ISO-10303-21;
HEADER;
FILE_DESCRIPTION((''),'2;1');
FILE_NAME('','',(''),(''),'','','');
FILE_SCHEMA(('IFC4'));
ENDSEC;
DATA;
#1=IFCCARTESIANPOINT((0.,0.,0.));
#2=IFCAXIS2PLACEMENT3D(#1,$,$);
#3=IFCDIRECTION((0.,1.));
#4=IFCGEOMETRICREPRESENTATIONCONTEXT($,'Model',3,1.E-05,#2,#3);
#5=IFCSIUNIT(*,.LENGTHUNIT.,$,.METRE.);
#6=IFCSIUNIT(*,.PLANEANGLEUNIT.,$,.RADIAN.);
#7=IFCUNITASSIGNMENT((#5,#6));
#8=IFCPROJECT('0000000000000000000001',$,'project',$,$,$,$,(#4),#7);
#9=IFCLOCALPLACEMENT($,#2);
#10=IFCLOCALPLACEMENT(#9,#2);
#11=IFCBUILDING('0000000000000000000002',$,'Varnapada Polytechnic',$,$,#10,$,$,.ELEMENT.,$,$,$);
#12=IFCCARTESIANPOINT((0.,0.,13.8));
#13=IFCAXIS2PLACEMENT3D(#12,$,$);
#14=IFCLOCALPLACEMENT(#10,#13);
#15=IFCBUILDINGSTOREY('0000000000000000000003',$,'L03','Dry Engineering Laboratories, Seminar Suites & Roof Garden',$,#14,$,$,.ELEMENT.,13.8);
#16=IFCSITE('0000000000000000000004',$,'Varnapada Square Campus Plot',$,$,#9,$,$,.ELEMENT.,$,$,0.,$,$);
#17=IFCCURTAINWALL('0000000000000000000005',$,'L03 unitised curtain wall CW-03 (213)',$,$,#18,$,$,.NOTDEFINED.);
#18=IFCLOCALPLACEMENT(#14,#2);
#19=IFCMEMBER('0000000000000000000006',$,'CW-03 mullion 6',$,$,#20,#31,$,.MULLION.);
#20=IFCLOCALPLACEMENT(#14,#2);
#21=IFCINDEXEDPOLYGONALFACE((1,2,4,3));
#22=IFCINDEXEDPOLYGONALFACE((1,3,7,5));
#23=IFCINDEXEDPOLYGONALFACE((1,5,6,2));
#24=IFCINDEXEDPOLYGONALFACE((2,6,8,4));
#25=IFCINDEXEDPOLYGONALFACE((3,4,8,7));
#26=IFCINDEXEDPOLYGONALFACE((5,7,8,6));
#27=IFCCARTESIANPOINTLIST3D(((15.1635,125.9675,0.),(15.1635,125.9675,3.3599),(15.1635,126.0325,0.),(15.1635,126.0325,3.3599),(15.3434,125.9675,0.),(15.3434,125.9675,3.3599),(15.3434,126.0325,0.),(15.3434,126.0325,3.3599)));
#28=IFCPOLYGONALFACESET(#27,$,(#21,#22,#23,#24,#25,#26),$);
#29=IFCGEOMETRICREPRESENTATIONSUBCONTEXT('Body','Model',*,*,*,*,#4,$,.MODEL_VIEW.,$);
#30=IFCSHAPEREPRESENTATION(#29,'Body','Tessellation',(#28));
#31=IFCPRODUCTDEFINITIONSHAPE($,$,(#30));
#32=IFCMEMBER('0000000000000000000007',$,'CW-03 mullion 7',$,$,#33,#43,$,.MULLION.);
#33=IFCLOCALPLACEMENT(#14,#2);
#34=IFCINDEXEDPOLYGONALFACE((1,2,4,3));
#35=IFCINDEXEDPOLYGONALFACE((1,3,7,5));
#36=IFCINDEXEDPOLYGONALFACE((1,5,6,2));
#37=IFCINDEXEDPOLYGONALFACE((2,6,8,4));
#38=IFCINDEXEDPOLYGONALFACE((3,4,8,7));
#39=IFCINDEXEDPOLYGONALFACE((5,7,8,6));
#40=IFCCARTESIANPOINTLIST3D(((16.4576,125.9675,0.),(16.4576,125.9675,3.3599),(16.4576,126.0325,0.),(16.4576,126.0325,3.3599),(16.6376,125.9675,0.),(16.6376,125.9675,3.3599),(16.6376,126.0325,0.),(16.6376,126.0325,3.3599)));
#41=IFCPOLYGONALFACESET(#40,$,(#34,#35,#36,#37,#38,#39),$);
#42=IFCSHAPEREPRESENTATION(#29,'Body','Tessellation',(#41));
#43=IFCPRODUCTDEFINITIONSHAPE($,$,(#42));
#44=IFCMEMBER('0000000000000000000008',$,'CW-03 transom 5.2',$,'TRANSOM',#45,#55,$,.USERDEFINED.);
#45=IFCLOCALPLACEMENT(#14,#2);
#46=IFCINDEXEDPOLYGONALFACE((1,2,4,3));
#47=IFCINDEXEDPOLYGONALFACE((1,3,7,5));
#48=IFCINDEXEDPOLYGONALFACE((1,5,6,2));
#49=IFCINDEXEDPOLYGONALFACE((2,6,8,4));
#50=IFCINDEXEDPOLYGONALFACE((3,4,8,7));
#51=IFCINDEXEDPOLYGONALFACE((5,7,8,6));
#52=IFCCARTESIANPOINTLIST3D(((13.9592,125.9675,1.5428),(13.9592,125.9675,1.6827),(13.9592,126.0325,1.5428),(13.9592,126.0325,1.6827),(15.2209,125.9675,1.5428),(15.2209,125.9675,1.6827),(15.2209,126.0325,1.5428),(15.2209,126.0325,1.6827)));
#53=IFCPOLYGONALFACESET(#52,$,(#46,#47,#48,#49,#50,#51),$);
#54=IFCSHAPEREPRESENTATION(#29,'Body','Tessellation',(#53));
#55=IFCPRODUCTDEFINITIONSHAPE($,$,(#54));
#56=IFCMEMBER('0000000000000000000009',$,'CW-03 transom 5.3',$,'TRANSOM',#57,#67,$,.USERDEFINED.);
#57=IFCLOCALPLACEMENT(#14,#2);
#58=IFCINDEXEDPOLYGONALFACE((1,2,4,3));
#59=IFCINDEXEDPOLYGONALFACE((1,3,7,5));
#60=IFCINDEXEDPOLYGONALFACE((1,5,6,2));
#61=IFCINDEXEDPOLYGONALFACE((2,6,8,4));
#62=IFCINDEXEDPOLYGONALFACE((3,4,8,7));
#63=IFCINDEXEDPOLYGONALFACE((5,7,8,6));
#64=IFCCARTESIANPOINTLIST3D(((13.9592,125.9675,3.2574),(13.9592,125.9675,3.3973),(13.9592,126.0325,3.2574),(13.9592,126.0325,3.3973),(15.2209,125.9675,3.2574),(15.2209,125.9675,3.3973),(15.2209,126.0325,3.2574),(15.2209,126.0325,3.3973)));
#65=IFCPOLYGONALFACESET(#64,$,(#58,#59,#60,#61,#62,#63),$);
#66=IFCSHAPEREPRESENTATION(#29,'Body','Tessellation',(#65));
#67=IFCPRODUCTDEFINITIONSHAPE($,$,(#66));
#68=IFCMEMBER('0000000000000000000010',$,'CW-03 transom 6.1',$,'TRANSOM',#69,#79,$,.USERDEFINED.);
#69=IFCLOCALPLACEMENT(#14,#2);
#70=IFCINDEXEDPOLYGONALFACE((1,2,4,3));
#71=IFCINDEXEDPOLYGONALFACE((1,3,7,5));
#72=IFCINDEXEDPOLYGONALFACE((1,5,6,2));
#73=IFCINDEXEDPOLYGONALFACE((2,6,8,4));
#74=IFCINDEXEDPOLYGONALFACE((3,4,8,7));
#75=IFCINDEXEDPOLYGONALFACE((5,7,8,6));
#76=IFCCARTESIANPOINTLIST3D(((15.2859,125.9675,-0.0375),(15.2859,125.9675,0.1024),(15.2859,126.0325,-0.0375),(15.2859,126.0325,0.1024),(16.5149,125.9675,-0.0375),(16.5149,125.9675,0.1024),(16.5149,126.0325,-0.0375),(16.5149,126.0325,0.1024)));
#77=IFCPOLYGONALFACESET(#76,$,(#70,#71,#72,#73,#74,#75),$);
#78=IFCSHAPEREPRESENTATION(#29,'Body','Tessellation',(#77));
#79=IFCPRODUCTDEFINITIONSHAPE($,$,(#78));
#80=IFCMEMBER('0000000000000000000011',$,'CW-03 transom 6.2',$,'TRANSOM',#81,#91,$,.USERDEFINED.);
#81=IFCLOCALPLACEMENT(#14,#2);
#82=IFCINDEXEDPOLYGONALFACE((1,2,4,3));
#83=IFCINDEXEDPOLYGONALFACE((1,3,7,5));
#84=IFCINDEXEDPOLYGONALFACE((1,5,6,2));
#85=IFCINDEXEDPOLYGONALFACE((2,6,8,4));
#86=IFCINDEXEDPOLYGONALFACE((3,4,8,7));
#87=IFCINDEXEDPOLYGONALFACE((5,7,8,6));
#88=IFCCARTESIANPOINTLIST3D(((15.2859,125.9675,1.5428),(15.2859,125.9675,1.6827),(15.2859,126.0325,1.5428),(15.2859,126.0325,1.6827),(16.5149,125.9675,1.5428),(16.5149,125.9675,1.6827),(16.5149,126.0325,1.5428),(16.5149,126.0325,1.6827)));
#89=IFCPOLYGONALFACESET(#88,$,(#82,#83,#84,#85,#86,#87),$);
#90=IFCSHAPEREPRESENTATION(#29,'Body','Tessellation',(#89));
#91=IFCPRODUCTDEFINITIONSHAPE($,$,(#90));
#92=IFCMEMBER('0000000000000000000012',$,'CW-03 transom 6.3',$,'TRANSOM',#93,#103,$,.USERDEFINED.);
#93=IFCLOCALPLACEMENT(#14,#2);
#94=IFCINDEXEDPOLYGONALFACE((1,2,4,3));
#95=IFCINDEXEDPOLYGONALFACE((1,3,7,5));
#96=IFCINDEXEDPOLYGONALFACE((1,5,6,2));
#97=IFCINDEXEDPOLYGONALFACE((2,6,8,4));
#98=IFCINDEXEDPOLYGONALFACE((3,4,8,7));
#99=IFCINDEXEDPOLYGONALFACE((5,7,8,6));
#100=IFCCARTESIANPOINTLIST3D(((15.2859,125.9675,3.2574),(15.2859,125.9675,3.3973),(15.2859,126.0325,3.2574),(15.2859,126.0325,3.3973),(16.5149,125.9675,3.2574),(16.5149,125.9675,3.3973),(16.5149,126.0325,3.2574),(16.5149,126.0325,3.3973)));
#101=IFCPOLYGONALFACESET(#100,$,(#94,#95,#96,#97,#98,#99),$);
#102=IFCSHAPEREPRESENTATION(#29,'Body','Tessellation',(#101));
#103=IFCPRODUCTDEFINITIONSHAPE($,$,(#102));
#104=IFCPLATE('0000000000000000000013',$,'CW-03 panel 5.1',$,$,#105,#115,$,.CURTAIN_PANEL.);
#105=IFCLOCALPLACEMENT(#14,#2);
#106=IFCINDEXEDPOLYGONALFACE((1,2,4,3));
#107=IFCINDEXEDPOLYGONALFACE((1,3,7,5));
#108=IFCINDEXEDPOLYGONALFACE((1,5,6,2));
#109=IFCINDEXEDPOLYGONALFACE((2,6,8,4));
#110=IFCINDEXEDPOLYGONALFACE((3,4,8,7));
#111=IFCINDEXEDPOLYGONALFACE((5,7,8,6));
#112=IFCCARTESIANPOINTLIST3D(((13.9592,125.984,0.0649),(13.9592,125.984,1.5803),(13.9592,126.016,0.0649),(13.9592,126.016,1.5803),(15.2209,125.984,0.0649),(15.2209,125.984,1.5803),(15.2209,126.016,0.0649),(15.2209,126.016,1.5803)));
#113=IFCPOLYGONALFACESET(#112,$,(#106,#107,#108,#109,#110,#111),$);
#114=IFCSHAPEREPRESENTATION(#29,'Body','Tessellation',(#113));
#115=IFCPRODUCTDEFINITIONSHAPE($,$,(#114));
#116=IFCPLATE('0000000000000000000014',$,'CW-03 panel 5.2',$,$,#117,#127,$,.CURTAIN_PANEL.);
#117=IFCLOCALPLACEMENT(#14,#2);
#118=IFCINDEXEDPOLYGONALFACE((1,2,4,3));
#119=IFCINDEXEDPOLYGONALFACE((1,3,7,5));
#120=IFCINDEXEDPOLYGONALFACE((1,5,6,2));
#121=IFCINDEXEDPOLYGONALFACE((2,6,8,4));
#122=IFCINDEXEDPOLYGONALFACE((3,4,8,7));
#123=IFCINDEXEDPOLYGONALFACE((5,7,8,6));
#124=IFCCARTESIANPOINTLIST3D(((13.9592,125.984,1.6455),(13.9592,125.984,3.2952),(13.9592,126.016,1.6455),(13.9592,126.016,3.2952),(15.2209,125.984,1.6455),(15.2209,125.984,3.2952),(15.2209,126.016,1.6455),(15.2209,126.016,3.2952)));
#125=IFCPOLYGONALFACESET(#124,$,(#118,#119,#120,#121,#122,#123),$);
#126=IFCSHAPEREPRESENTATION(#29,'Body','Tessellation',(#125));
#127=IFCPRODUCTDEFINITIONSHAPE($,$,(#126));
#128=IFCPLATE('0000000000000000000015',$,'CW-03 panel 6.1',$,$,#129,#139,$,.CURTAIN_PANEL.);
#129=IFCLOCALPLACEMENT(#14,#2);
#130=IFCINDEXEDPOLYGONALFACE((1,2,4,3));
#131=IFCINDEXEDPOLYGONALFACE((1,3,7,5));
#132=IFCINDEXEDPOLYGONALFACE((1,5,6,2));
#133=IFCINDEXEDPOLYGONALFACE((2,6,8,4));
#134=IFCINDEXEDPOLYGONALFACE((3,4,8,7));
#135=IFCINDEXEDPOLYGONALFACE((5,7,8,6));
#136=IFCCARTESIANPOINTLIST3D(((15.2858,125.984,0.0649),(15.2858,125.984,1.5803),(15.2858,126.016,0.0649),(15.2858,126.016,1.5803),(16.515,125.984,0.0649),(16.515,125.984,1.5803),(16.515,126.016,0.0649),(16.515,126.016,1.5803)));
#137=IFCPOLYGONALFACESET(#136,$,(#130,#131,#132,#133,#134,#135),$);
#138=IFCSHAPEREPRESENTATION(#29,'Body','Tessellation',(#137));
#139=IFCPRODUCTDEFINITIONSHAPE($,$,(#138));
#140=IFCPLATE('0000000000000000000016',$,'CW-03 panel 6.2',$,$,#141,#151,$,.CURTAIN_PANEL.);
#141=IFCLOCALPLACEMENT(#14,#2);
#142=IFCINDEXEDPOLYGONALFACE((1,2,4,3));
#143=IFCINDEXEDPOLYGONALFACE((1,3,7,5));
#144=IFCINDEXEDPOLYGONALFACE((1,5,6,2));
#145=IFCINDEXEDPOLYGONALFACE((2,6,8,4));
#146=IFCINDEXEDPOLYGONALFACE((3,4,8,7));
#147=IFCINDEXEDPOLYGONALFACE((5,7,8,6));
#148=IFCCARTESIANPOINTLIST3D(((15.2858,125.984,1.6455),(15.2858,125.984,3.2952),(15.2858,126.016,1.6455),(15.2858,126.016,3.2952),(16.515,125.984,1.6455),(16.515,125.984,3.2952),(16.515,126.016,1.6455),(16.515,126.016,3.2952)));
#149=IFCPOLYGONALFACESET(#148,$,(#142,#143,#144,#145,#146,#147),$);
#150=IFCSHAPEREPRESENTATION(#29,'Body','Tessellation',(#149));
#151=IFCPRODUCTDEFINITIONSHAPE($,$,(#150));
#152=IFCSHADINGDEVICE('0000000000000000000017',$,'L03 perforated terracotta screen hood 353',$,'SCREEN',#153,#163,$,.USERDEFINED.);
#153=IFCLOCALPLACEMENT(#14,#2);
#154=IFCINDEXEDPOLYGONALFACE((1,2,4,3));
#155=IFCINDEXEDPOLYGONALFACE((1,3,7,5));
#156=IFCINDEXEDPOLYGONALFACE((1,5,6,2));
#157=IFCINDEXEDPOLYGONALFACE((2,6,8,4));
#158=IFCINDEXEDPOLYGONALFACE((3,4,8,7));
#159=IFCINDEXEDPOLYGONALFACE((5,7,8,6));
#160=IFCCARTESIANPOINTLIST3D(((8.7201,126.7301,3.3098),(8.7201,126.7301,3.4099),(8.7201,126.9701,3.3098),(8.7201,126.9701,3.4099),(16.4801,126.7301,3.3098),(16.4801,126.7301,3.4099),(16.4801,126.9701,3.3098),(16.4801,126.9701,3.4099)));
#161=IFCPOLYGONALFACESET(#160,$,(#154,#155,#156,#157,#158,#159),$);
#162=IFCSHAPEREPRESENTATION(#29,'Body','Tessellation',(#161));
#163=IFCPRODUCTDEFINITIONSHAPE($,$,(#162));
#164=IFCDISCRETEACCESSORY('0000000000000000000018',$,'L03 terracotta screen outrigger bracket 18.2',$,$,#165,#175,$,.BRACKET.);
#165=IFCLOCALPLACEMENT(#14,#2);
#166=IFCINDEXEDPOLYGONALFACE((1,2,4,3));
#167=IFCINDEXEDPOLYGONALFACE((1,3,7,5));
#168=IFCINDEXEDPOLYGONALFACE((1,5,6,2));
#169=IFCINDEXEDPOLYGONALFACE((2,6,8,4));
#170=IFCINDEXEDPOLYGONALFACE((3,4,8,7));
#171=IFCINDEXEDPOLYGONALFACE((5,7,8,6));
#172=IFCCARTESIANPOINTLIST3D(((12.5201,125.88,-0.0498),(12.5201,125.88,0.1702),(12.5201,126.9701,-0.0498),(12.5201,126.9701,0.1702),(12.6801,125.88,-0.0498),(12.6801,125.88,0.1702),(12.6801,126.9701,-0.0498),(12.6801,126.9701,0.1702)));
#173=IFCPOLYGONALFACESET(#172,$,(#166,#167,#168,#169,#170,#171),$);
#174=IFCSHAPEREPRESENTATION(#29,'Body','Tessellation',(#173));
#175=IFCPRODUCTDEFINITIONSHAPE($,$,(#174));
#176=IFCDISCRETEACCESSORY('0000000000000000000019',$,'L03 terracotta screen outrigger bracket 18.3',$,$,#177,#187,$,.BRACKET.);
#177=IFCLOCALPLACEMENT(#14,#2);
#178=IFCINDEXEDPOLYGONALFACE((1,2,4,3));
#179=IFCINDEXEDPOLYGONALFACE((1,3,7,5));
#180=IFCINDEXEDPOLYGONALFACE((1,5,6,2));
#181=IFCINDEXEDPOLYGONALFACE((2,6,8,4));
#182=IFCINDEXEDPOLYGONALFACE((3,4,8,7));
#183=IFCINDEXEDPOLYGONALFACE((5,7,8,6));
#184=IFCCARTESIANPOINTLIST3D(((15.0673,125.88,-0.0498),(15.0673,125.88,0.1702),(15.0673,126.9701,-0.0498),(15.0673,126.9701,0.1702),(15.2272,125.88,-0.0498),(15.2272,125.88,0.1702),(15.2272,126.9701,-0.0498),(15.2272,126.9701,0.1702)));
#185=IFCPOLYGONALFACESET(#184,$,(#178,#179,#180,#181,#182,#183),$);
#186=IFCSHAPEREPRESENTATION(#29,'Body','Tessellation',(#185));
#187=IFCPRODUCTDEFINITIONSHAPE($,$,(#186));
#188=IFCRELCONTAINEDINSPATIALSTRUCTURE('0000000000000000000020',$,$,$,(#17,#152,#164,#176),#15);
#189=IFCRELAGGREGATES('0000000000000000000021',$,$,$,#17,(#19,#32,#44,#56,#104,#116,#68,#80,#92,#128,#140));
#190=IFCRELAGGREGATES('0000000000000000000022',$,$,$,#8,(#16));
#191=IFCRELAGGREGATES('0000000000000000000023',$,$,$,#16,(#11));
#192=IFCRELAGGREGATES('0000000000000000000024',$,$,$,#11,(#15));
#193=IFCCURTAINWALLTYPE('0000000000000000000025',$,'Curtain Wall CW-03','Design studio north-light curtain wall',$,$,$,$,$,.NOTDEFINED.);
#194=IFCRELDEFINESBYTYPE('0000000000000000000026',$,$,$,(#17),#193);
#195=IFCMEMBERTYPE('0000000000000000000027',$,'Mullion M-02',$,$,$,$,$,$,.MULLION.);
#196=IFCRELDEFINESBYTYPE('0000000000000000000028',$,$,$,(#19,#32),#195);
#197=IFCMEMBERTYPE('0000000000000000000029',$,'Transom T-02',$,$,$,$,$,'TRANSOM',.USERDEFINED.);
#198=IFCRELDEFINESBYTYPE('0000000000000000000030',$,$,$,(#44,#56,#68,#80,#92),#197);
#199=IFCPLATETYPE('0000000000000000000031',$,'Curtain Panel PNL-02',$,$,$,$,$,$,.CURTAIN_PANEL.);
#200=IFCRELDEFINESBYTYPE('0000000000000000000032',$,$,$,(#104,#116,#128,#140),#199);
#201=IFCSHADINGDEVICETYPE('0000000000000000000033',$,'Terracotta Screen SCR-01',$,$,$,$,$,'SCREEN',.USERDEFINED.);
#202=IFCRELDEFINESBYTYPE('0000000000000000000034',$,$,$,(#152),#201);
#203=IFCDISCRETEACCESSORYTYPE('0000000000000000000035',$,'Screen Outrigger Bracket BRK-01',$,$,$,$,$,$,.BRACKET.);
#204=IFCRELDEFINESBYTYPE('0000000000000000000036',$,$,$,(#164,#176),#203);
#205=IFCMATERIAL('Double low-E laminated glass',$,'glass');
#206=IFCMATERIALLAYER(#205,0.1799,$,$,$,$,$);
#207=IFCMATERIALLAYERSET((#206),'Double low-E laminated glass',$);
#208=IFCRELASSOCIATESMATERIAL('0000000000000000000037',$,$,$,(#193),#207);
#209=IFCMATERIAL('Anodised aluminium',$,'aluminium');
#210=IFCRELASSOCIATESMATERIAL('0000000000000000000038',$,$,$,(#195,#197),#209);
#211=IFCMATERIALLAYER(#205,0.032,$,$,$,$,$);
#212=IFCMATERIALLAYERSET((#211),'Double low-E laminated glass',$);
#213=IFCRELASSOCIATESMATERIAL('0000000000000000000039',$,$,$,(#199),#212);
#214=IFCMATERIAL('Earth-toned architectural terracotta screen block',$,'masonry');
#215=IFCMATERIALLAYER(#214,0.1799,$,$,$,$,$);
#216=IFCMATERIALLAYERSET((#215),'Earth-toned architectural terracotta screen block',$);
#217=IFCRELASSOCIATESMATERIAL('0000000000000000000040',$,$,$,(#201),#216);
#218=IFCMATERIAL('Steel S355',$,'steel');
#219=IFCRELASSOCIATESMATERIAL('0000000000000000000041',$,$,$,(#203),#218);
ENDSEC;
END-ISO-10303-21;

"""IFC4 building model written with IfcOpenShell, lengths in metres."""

from ifc_helpers import new_model, si_unit, direction, frame, origin, origin_2d, place, context, subcontext, project, spatial, rectangle, extrude, material, layer, layer_set, material_profile, profile_set, type_object, element, aggregate, save


model = new_model("IFC4")

# Units and contexts
model_context = context("Model", 3, precision=1e-05, world=origin(), true_north=direction((0.0, 1.0)))
body_context = subcontext(model_context, "Body", "Model", "MODEL_VIEW")
ifc_project = project(units=[si_unit("LENGTHUNIT", "METRE"), si_unit("PLANEANGLEUNIT", "RADIAN")], contexts=[model_context])

# Site, building, storey
site_placement = place(None, origin())
site = spatial("IfcSite", under=ifc_project, at=site_placement, Name="Varnapada Square Campus Plot", CompositionType="ELEMENT", RefElevation=0.0)
building_placement = place(site_placement, origin())
building = spatial("IfcBuilding", under=site, at=building_placement, Name="Varnapada Polytechnic", CompositionType="ELEMENT")
storey_placement = place(building_placement, frame((0.0, 0.0, 13.8)))
storey = spatial("IfcBuildingStorey", under=building, at=storey_placement, Name="L03", Description="Dry Engineering Laboratories, Seminar Suites & Roof Garden", CompositionType="ELEMENT", Elevation=13.8)

# Curtain wall, members, plates
ifc_material_1 = material(Name="Double low-E laminated glass", Category="glass")
ifc_layer_1 = layer(ifc_material_1, 0.1799)
ifc_layer_set_1 = layer_set([ifc_layer_1], Name="Double low-E laminated glass")
curtain_wall_type = type_object("IfcCurtainWallType", Name="Curtain Wall CW-03", Description="Design studio north-light curtain wall", PredefinedType="NOTDEFINED", material=ifc_layer_set_1)
curtain_wall_placement = place(storey_placement, origin())
curtain_wall = element("IfcCurtainWall", 1, at=curtain_wall_placement, inside=storey, type_object=curtain_wall_type, Name="L03 unitised curtain wall CW-03 (213)", PredefinedType="NOTDEFINED")
ifc_material_2 = material(Name="Anodised aluminium", Category="aluminium")
ifc_material_profile_1 = material_profile(ifc_material_2, rectangle(XDim=0.0649, YDim=0.1799, at=origin_2d()), Name="ALU M65x180")
ifc_profile_set_1 = profile_set([ifc_material_profile_1], Name="Anodised aluminium")
member_type_1 = type_object("IfcMemberType", Name="Mullion M-02", PredefinedType="MULLION", material=ifc_profile_set_1)
member_1_placement = place(storey_placement, frame((15.2534, 126.0, 0.0), z_axis=(0.0, 0.0, 1.0), x_axis=(0.0, 1.0, 0.0)))
member_1 = element("IfcMember", 2, at=member_1_placement, type_object=member_type_1, Name="CW-03 mullion 6", PredefinedType="MULLION", context=body_context, shape_type="SweptSolid", body=[
    extrude(rectangle(XDim=0.0649, YDim=0.1799, at=origin_2d()), origin(), (0.0, 0.0, 1.0), 3.3599),
])
member_2_placement = place(storey_placement, frame((16.5476, 126.0, 0.0), z_axis=(0.0, 0.0, 1.0), x_axis=(0.0, 1.0, 0.0)))
member_2 = element("IfcMember", 3, at=member_2_placement, type_object=member_type_1, Name="CW-03 mullion 7", PredefinedType="MULLION", context=body_context, shape_type="SweptSolid", body=[
    extrude(rectangle(XDim=0.0649, YDim=0.1799, at=origin_2d()), origin(), (0.0, 0.0, 1.0), 3.3599),
])
ifc_material_profile_2 = material_profile(ifc_material_2, rectangle(XDim=0.0649, YDim=0.1399, at=origin_2d()), Name="ALU T65x140")
ifc_profile_set_2 = profile_set([ifc_material_profile_2], Name="Anodised aluminium")
member_type_2 = type_object("IfcMemberType", Name="Transom T-02", ElementType="TRANSOM", PredefinedType="USERDEFINED", material=ifc_profile_set_2)
member_3_placement = place(storey_placement, frame((13.9592, 126.0, 1.6128), z_axis=(1.0, 0.0, 0.0), x_axis=(0.0, 1.0, 0.0)))
member_3 = element("IfcMember", 4, at=member_3_placement, type_object=member_type_2, Name="CW-03 transom 5.2", ObjectType="TRANSOM", PredefinedType="USERDEFINED", context=body_context, shape_type="SweptSolid", body=[
    extrude(rectangle(XDim=0.0649, YDim=0.1399, at=origin_2d()), origin(), (0.0, 0.0, 1.0), 1.2617),
])
member_4_placement = place(storey_placement, frame((13.9592, 126.0, 3.3274), z_axis=(1.0, 0.0, 0.0), x_axis=(0.0, 1.0, 0.0)))
member_4 = element("IfcMember", 5, at=member_4_placement, type_object=member_type_2, Name="CW-03 transom 5.3", ObjectType="TRANSOM", PredefinedType="USERDEFINED", context=body_context, shape_type="SweptSolid", body=[
    extrude(rectangle(XDim=0.0649, YDim=0.1399, at=origin_2d()), origin(), (0.0, 0.0, 1.0), 1.2617),
])
member_5_placement = place(storey_placement, frame((15.2859, 126.0, 0.0325), z_axis=(1.0, 0.0, 0.0), x_axis=(0.0, 1.0, 0.0)))
member_5 = element("IfcMember", 6, at=member_5_placement, type_object=member_type_2, Name="CW-03 transom 6.1", ObjectType="TRANSOM", PredefinedType="USERDEFINED", context=body_context, shape_type="SweptSolid", body=[
    extrude(rectangle(XDim=0.0649, YDim=0.1399, at=origin_2d()), origin(), (0.0, 0.0, 1.0), 1.229),
])
member_6_placement = place(storey_placement, frame((15.2859, 126.0, 1.6128), z_axis=(1.0, 0.0, 0.0), x_axis=(0.0, 1.0, 0.0)))
member_6 = element("IfcMember", 7, at=member_6_placement, type_object=member_type_2, Name="CW-03 transom 6.2", ObjectType="TRANSOM", PredefinedType="USERDEFINED", context=body_context, shape_type="SweptSolid", body=[
    extrude(rectangle(XDim=0.0649, YDim=0.1399, at=origin_2d()), origin(), (0.0, 0.0, 1.0), 1.229),
])
member_7_placement = place(storey_placement, frame((15.2859, 126.0, 3.3274), z_axis=(1.0, 0.0, 0.0), x_axis=(0.0, 1.0, 0.0)))
member_7 = element("IfcMember", 8, at=member_7_placement, type_object=member_type_2, Name="CW-03 transom 6.3", ObjectType="TRANSOM", PredefinedType="USERDEFINED", context=body_context, shape_type="SweptSolid", body=[
    extrude(rectangle(XDim=0.0649, YDim=0.1399, at=origin_2d()), origin(), (0.0, 0.0, 1.0), 1.229),
])
ifc_layer_2 = layer(ifc_material_1, 0.032)
ifc_layer_set_2 = layer_set([ifc_layer_2], Name="Double low-E laminated glass")
plate_type = type_object("IfcPlateType", Name="Curtain Panel PNL-02", PredefinedType="CURTAIN_PANEL", material=ifc_layer_set_2)
plate_1_placement = place(storey_placement, frame((14.5901, 126.0, 0.0649), z_axis=(0.0, 0.0, 1.0), x_axis=(1.0, 0.0, 0.0)))
plate_1 = element("IfcPlate", 9, at=plate_1_placement, type_object=plate_type, Name="CW-03 panel 5.1", PredefinedType="CURTAIN_PANEL", context=body_context, shape_type="SweptSolid", body=[
    extrude(rectangle(XDim=1.2617, YDim=0.032, at=origin_2d()), origin(), (0.0, 0.0, 1.0), 1.5154),
])
plate_2_placement = place(storey_placement, frame((14.5901, 126.0, 1.6455), z_axis=(0.0, 0.0, 1.0), x_axis=(1.0, 0.0, 0.0)))
plate_2 = element("IfcPlate", 10, at=plate_2_placement, type_object=plate_type, Name="CW-03 panel 5.2", PredefinedType="CURTAIN_PANEL", context=body_context, shape_type="SweptSolid", body=[
    extrude(rectangle(XDim=1.2617, YDim=0.032, at=origin_2d()), origin(), (0.0, 0.0, 1.0), 1.6497),
])
plate_3_placement = place(storey_placement, frame((15.9004, 126.0, 0.0649), z_axis=(0.0, 0.0, 1.0), x_axis=(1.0, 0.0, 0.0)))
plate_3 = element("IfcPlate", 11, at=plate_3_placement, type_object=plate_type, Name="CW-03 panel 6.1", PredefinedType="CURTAIN_PANEL", context=body_context, shape_type="SweptSolid", body=[
    extrude(rectangle(XDim=1.2292, YDim=0.032, at=origin_2d()), origin(), (0.0, 0.0, 1.0), 1.5154),
])
plate_4_placement = place(storey_placement, frame((15.9004, 126.0, 1.6455), z_axis=(0.0, 0.0, 1.0), x_axis=(1.0, 0.0, 0.0)))
plate_4 = element("IfcPlate", 12, at=plate_4_placement, type_object=plate_type, Name="CW-03 panel 6.2", PredefinedType="CURTAIN_PANEL", context=body_context, shape_type="SweptSolid", body=[
    extrude(rectangle(XDim=1.2292, YDim=0.032, at=origin_2d()), origin(), (0.0, 0.0, 1.0), 1.6497),
])
aggregate(curtain_wall, [member_1, member_2, member_3, member_4, plate_1, plate_2, member_5, member_6, member_7, plate_3, plate_4])

# Shading device
ifc_material_3 = material(Name="Earth-toned architectural terracotta screen block", Category="masonry")
ifc_layer_3 = layer(ifc_material_3, 0.1799)
ifc_layer_set_3 = layer_set([ifc_layer_3], Name="Earth-toned architectural terracotta screen block")
shading_device_type = type_object("IfcShadingDeviceType", Name="Terracotta Screen SCR-01", ElementType="SCREEN", PredefinedType="USERDEFINED", material=ifc_layer_set_3)
shading_device_placement = place(storey_placement, frame((12.6001, 126.8501, 3.3098), z_axis=(0.0, 0.0, 1.0), x_axis=(1.0, 0.0, 0.0)))
element("IfcShadingDevice", 13, at=shading_device_placement, inside=storey, type_object=shading_device_type, Name="L03 perforated terracotta screen hood 353", ObjectType="SCREEN", PredefinedType="USERDEFINED", context=body_context, shape_type="SweptSolid", body=[
    extrude(rectangle(XDim=7.76, YDim=0.24, at=origin_2d()), origin(), (0.0, 0.0, 1.0), 0.1001),
])

# Discrete accessories
ifc_material_4 = material(Name="Steel S355", Category="steel")
discrete_accessory_type = type_object("IfcDiscreteAccessoryType", Name="Screen Outrigger Bracket BRK-01", PredefinedType="BRACKET", material=ifc_material_4)
for number, where, z_axis, x_axis, name in (
    (14, (12.6001, 126.425, -0.0498), (0.0, 0.0, 1.0), (1.0, 0.0, 0.0), "L03 terracotta screen outrigger bracket 18.2"),
    (15, (15.1472, 126.425, -0.0498), (0.0, 0.0, 1.0), (1.0, 0.0, 0.0), "L03 terracotta screen outrigger bracket 18.3"),
):
    element("IfcDiscreteAccessory", number, at=place(storey_placement, frame(where, z_axis=z_axis, x_axis=x_axis)), inside=storey, type_object=discrete_accessory_type, Name=name, PredefinedType="BRACKET", context=body_context, shape_type="SweptSolid", body=[
        extrude(rectangle(XDim=0.1599, YDim=1.0901, at=origin_2d()), origin(), (0.0, 0.0, 1.0), 0.22),
    ])

save(model, "model.ifc")
